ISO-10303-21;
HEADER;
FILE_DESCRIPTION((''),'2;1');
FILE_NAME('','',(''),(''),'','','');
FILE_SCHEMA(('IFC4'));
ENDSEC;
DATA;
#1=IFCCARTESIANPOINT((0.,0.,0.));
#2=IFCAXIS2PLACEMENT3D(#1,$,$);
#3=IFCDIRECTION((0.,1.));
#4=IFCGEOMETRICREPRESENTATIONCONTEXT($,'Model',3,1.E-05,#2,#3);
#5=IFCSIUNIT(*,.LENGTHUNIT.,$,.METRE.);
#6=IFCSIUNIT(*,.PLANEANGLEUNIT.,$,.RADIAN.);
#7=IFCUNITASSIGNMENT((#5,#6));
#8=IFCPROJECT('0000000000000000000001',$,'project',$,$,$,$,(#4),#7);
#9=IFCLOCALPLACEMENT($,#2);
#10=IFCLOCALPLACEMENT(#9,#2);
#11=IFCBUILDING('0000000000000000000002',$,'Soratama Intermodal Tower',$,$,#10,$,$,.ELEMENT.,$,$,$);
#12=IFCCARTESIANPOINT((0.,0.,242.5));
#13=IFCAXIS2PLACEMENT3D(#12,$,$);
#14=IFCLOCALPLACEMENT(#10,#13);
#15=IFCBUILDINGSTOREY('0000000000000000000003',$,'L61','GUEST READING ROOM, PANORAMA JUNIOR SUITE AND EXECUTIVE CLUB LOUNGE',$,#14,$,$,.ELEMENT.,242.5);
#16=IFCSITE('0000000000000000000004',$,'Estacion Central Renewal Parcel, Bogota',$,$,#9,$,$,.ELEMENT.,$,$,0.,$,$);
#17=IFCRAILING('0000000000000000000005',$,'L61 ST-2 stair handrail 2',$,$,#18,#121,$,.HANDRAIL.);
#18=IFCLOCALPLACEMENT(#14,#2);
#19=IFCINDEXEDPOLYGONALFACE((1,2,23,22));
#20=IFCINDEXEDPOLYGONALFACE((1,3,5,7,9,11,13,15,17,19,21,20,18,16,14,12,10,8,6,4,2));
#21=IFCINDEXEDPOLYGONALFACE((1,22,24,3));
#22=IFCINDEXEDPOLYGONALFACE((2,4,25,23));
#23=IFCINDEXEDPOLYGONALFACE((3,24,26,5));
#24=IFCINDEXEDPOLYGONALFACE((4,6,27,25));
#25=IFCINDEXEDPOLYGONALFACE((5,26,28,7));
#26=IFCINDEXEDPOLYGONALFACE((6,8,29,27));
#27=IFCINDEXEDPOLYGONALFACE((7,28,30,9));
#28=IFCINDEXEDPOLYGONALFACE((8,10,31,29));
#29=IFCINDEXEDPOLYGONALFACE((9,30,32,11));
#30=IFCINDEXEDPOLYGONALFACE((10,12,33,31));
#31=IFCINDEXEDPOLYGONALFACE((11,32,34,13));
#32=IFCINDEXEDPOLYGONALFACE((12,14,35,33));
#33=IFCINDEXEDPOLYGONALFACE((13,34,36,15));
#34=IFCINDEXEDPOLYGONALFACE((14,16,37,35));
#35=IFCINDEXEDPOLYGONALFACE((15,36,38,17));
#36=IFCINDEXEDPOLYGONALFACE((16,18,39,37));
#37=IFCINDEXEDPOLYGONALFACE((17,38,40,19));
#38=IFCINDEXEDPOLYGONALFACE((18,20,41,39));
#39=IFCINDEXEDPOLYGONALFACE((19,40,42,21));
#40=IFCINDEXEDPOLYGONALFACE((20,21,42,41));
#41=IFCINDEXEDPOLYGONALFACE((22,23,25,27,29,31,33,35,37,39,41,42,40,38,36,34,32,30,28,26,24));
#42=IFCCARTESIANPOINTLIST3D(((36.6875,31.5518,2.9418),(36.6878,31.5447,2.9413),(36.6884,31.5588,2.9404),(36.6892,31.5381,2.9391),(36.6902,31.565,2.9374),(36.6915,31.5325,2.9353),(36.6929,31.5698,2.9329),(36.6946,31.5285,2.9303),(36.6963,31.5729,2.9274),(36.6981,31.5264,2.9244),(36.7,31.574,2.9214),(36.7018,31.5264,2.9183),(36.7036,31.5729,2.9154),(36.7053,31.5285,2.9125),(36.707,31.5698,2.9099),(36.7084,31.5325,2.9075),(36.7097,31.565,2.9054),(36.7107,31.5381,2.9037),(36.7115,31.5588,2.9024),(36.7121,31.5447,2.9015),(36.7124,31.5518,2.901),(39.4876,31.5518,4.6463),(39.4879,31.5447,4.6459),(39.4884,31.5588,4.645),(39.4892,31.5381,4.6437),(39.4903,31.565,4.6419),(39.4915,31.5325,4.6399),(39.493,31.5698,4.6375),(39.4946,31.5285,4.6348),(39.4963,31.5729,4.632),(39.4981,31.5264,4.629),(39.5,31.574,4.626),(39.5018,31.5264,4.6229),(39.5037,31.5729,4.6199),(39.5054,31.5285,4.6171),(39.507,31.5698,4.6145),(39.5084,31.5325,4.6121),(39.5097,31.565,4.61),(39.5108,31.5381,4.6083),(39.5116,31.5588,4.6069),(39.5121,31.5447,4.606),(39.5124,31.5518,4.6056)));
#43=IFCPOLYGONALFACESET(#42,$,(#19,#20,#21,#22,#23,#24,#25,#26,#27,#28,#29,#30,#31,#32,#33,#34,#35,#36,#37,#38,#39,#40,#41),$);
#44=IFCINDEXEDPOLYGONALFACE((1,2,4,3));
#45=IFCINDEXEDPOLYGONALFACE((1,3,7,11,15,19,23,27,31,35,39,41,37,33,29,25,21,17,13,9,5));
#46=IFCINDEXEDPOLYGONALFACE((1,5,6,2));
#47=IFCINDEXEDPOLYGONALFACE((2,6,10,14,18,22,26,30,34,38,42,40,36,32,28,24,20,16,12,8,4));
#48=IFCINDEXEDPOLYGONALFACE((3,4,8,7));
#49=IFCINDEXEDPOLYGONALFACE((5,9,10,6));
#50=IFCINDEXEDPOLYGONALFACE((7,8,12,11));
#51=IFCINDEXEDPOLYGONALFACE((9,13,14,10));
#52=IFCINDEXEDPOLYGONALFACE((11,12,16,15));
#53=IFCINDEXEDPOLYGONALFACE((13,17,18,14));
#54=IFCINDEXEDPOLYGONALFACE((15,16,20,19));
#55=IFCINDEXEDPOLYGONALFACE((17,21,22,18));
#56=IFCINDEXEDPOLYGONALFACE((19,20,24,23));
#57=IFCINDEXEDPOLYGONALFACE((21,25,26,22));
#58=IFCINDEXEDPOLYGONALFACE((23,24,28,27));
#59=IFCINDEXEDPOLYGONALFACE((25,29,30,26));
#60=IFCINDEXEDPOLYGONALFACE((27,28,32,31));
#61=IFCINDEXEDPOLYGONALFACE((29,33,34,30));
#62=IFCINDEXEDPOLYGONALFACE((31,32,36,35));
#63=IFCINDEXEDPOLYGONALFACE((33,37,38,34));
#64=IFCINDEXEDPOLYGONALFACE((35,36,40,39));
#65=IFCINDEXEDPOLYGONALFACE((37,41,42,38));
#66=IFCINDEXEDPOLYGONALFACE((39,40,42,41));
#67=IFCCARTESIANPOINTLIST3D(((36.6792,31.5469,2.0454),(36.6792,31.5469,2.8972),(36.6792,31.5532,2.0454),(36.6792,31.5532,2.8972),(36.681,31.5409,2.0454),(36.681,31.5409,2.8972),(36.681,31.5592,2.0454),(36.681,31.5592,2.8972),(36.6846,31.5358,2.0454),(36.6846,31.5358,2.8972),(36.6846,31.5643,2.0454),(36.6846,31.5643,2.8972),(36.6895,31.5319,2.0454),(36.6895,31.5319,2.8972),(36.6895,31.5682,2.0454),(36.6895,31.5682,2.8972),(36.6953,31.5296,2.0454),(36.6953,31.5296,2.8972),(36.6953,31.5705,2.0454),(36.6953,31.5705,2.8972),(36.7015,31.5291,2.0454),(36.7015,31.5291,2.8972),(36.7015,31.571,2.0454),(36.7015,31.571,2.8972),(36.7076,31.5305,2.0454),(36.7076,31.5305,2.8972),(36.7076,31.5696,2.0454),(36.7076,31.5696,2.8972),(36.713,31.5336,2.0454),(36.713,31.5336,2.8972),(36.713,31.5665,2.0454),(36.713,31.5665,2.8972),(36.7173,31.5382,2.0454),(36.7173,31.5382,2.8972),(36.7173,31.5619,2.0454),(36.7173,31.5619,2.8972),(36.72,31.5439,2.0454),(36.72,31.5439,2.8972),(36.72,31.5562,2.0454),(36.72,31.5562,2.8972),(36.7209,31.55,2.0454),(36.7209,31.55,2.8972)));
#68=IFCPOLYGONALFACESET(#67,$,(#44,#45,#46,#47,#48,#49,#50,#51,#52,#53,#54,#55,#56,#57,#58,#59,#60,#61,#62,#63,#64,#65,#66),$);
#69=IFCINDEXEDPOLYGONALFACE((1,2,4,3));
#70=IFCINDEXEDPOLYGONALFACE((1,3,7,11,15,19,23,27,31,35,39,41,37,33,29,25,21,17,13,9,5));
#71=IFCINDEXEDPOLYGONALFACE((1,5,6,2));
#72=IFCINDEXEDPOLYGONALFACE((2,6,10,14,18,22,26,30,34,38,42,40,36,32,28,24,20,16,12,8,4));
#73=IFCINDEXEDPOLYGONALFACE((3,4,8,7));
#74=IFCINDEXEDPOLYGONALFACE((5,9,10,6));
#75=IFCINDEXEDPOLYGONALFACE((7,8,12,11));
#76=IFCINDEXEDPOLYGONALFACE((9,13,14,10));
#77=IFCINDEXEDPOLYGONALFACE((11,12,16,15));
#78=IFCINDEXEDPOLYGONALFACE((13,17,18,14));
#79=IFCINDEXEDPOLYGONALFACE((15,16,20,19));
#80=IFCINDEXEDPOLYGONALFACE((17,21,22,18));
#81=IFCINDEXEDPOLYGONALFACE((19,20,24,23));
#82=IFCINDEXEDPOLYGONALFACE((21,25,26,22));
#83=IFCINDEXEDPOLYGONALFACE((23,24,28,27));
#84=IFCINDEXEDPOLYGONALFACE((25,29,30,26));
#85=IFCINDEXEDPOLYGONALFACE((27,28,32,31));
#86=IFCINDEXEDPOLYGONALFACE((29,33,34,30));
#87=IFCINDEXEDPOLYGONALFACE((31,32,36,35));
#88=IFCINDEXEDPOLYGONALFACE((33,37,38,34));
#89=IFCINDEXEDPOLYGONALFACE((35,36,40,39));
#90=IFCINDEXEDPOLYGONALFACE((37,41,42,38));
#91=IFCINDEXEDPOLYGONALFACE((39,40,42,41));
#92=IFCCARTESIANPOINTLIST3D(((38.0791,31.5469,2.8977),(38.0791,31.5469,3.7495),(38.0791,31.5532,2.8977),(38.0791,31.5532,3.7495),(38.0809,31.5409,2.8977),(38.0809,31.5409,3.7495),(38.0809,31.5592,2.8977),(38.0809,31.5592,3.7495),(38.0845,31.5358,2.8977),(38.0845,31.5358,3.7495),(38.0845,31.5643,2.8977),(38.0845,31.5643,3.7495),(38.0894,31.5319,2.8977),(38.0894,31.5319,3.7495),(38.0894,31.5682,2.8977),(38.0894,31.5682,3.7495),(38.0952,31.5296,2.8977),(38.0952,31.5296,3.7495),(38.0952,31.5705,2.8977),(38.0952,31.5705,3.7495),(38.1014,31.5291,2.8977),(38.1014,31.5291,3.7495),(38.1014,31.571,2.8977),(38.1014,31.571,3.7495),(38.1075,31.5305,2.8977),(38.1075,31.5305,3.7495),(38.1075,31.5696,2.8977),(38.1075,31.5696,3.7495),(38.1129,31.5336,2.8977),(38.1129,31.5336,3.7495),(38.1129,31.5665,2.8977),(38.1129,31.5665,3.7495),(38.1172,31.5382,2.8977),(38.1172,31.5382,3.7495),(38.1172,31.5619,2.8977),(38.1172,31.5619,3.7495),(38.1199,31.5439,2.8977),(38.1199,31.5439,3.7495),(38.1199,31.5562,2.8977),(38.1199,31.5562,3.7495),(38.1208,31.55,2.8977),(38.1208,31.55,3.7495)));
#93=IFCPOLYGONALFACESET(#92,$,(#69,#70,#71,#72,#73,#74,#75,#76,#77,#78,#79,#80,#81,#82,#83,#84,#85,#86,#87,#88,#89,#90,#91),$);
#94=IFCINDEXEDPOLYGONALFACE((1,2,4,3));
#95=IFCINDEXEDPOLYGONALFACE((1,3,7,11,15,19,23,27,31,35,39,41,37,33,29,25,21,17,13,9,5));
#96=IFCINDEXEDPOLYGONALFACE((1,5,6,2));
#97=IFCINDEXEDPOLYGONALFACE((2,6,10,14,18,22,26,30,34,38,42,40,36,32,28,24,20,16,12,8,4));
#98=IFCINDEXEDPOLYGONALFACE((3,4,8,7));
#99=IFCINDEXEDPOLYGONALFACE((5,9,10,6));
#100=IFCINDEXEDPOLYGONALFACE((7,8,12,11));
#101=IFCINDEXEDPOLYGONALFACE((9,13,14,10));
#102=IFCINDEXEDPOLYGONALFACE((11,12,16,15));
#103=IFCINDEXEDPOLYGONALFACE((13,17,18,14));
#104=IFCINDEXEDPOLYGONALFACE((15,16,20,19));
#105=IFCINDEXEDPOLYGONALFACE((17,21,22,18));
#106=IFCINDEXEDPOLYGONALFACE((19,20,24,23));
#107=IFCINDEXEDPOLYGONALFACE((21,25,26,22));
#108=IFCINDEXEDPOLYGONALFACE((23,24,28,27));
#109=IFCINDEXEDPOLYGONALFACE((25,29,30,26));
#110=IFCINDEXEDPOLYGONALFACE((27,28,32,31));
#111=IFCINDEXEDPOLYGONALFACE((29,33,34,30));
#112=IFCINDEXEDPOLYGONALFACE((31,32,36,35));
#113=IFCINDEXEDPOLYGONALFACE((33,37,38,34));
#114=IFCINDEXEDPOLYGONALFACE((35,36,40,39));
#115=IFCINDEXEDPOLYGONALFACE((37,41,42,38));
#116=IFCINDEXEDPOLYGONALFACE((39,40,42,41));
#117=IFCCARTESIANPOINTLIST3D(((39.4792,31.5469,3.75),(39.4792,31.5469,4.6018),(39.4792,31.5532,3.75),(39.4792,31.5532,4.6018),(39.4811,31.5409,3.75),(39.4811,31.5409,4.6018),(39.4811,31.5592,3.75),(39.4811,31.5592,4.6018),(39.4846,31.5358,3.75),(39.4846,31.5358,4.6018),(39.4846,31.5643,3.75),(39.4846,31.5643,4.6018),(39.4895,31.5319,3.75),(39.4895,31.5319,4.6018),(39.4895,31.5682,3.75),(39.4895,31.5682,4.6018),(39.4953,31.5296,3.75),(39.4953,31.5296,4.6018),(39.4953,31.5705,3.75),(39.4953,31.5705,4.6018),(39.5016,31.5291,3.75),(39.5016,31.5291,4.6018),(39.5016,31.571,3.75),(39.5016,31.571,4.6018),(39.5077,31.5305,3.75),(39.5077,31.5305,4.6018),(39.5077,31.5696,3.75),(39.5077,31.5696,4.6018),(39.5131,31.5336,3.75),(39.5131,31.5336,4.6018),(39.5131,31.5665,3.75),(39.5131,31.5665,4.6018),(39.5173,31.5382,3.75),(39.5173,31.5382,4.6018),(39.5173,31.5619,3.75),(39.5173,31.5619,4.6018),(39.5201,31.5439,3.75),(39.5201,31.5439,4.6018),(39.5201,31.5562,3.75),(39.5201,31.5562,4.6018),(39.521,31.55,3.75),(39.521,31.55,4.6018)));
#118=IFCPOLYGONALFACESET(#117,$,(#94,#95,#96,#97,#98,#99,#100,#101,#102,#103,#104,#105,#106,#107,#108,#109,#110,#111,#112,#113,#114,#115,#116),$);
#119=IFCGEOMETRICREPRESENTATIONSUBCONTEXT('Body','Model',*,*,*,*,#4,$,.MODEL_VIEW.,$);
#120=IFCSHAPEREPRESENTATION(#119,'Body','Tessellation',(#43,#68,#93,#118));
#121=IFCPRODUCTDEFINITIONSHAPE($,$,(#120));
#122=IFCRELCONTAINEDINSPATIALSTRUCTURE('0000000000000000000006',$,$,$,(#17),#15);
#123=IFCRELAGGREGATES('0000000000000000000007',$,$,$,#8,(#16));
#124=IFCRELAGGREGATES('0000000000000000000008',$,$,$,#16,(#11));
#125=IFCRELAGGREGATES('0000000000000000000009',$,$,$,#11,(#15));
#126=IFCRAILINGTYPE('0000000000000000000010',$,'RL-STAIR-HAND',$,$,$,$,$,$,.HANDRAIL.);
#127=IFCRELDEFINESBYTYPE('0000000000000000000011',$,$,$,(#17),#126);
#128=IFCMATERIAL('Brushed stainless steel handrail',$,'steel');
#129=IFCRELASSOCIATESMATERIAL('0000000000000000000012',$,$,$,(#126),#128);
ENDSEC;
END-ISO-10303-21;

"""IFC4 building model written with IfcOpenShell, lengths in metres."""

from ifc_helpers import new_model, si_unit, direction, frame, origin, origin_2d, place, context, subcontext, project, spatial, circle, extrude, material, type_object, element, save


model = new_model("IFC4")

# Units and contexts
model_context = context("Model", 3, precision=1e-05, world=origin(), true_north=direction((0.0, 1.0)))
body_context = subcontext(model_context, "Body", "Model", "MODEL_VIEW")
ifc_project = project(units=[si_unit("LENGTHUNIT", "METRE"), si_unit("PLANEANGLEUNIT", "RADIAN")], contexts=[model_context])

# Site, building, storey
site_placement = place(None, origin())
site = spatial("IfcSite", under=ifc_project, at=site_placement, Name="Estacion Central Renewal Parcel, Bogota", CompositionType="ELEMENT", RefElevation=0.0)
building_placement = place(site_placement, origin())
building = spatial("IfcBuilding", under=site, at=building_placement, Name="Soratama Intermodal Tower", CompositionType="ELEMENT")
storey_placement = place(building_placement, frame((0.0, 0.0, 242.5)))
storey = spatial("IfcBuildingStorey", under=building, at=storey_placement, Name="L61", Description="GUEST READING ROOM, PANORAMA JUNIOR SUITE AND EXECUTIVE CLUB LOUNGE", CompositionType="ELEMENT", Elevation=242.5)

# Railing
ifc_material_1 = material(Name="Brushed stainless steel handrail", Category="steel")
railing_type_1 = type_object("IfcRailingType", Name="RL-STAIR-HAND", PredefinedType="HANDRAIL", material=ifc_material_1)
railing_1_placement = place(storey_placement, frame((36.7, 31.55, 2.0454)))
element("IfcRailing", 1, at=railing_1_placement, inside=storey, type_object=railing_type_1, Name="L61 ST-2 stair handrail 2", PredefinedType="HANDRAIL", context=body_context, shape_type="SweptSolid", body=[
    extrude(circle(Radius=0.0239, at=origin_2d()), frame((0.0, 0.0, 0.876), z_axis=(0.85417, 0.0, 0.519994), x_axis=(0.0, 1.0, 0.0)), (0.0, 0.0, 1.0), 3.2781),
    extrude(circle(Radius=0.021, at=origin_2d()), origin(), (0.0, 0.0, 1.0), 0.8518),
    extrude(circle(Radius=0.021, at=origin_2d()), frame((1.3999, 0.0, 0.8523)), (0.0, 0.0, 1.0), 0.8518),
    extrude(circle(Radius=0.021, at=origin_2d()), frame((2.8, 0.0, 1.7046)), (0.0, 0.0, 1.0), 0.8518),
])

save(model, "model.ifc")
